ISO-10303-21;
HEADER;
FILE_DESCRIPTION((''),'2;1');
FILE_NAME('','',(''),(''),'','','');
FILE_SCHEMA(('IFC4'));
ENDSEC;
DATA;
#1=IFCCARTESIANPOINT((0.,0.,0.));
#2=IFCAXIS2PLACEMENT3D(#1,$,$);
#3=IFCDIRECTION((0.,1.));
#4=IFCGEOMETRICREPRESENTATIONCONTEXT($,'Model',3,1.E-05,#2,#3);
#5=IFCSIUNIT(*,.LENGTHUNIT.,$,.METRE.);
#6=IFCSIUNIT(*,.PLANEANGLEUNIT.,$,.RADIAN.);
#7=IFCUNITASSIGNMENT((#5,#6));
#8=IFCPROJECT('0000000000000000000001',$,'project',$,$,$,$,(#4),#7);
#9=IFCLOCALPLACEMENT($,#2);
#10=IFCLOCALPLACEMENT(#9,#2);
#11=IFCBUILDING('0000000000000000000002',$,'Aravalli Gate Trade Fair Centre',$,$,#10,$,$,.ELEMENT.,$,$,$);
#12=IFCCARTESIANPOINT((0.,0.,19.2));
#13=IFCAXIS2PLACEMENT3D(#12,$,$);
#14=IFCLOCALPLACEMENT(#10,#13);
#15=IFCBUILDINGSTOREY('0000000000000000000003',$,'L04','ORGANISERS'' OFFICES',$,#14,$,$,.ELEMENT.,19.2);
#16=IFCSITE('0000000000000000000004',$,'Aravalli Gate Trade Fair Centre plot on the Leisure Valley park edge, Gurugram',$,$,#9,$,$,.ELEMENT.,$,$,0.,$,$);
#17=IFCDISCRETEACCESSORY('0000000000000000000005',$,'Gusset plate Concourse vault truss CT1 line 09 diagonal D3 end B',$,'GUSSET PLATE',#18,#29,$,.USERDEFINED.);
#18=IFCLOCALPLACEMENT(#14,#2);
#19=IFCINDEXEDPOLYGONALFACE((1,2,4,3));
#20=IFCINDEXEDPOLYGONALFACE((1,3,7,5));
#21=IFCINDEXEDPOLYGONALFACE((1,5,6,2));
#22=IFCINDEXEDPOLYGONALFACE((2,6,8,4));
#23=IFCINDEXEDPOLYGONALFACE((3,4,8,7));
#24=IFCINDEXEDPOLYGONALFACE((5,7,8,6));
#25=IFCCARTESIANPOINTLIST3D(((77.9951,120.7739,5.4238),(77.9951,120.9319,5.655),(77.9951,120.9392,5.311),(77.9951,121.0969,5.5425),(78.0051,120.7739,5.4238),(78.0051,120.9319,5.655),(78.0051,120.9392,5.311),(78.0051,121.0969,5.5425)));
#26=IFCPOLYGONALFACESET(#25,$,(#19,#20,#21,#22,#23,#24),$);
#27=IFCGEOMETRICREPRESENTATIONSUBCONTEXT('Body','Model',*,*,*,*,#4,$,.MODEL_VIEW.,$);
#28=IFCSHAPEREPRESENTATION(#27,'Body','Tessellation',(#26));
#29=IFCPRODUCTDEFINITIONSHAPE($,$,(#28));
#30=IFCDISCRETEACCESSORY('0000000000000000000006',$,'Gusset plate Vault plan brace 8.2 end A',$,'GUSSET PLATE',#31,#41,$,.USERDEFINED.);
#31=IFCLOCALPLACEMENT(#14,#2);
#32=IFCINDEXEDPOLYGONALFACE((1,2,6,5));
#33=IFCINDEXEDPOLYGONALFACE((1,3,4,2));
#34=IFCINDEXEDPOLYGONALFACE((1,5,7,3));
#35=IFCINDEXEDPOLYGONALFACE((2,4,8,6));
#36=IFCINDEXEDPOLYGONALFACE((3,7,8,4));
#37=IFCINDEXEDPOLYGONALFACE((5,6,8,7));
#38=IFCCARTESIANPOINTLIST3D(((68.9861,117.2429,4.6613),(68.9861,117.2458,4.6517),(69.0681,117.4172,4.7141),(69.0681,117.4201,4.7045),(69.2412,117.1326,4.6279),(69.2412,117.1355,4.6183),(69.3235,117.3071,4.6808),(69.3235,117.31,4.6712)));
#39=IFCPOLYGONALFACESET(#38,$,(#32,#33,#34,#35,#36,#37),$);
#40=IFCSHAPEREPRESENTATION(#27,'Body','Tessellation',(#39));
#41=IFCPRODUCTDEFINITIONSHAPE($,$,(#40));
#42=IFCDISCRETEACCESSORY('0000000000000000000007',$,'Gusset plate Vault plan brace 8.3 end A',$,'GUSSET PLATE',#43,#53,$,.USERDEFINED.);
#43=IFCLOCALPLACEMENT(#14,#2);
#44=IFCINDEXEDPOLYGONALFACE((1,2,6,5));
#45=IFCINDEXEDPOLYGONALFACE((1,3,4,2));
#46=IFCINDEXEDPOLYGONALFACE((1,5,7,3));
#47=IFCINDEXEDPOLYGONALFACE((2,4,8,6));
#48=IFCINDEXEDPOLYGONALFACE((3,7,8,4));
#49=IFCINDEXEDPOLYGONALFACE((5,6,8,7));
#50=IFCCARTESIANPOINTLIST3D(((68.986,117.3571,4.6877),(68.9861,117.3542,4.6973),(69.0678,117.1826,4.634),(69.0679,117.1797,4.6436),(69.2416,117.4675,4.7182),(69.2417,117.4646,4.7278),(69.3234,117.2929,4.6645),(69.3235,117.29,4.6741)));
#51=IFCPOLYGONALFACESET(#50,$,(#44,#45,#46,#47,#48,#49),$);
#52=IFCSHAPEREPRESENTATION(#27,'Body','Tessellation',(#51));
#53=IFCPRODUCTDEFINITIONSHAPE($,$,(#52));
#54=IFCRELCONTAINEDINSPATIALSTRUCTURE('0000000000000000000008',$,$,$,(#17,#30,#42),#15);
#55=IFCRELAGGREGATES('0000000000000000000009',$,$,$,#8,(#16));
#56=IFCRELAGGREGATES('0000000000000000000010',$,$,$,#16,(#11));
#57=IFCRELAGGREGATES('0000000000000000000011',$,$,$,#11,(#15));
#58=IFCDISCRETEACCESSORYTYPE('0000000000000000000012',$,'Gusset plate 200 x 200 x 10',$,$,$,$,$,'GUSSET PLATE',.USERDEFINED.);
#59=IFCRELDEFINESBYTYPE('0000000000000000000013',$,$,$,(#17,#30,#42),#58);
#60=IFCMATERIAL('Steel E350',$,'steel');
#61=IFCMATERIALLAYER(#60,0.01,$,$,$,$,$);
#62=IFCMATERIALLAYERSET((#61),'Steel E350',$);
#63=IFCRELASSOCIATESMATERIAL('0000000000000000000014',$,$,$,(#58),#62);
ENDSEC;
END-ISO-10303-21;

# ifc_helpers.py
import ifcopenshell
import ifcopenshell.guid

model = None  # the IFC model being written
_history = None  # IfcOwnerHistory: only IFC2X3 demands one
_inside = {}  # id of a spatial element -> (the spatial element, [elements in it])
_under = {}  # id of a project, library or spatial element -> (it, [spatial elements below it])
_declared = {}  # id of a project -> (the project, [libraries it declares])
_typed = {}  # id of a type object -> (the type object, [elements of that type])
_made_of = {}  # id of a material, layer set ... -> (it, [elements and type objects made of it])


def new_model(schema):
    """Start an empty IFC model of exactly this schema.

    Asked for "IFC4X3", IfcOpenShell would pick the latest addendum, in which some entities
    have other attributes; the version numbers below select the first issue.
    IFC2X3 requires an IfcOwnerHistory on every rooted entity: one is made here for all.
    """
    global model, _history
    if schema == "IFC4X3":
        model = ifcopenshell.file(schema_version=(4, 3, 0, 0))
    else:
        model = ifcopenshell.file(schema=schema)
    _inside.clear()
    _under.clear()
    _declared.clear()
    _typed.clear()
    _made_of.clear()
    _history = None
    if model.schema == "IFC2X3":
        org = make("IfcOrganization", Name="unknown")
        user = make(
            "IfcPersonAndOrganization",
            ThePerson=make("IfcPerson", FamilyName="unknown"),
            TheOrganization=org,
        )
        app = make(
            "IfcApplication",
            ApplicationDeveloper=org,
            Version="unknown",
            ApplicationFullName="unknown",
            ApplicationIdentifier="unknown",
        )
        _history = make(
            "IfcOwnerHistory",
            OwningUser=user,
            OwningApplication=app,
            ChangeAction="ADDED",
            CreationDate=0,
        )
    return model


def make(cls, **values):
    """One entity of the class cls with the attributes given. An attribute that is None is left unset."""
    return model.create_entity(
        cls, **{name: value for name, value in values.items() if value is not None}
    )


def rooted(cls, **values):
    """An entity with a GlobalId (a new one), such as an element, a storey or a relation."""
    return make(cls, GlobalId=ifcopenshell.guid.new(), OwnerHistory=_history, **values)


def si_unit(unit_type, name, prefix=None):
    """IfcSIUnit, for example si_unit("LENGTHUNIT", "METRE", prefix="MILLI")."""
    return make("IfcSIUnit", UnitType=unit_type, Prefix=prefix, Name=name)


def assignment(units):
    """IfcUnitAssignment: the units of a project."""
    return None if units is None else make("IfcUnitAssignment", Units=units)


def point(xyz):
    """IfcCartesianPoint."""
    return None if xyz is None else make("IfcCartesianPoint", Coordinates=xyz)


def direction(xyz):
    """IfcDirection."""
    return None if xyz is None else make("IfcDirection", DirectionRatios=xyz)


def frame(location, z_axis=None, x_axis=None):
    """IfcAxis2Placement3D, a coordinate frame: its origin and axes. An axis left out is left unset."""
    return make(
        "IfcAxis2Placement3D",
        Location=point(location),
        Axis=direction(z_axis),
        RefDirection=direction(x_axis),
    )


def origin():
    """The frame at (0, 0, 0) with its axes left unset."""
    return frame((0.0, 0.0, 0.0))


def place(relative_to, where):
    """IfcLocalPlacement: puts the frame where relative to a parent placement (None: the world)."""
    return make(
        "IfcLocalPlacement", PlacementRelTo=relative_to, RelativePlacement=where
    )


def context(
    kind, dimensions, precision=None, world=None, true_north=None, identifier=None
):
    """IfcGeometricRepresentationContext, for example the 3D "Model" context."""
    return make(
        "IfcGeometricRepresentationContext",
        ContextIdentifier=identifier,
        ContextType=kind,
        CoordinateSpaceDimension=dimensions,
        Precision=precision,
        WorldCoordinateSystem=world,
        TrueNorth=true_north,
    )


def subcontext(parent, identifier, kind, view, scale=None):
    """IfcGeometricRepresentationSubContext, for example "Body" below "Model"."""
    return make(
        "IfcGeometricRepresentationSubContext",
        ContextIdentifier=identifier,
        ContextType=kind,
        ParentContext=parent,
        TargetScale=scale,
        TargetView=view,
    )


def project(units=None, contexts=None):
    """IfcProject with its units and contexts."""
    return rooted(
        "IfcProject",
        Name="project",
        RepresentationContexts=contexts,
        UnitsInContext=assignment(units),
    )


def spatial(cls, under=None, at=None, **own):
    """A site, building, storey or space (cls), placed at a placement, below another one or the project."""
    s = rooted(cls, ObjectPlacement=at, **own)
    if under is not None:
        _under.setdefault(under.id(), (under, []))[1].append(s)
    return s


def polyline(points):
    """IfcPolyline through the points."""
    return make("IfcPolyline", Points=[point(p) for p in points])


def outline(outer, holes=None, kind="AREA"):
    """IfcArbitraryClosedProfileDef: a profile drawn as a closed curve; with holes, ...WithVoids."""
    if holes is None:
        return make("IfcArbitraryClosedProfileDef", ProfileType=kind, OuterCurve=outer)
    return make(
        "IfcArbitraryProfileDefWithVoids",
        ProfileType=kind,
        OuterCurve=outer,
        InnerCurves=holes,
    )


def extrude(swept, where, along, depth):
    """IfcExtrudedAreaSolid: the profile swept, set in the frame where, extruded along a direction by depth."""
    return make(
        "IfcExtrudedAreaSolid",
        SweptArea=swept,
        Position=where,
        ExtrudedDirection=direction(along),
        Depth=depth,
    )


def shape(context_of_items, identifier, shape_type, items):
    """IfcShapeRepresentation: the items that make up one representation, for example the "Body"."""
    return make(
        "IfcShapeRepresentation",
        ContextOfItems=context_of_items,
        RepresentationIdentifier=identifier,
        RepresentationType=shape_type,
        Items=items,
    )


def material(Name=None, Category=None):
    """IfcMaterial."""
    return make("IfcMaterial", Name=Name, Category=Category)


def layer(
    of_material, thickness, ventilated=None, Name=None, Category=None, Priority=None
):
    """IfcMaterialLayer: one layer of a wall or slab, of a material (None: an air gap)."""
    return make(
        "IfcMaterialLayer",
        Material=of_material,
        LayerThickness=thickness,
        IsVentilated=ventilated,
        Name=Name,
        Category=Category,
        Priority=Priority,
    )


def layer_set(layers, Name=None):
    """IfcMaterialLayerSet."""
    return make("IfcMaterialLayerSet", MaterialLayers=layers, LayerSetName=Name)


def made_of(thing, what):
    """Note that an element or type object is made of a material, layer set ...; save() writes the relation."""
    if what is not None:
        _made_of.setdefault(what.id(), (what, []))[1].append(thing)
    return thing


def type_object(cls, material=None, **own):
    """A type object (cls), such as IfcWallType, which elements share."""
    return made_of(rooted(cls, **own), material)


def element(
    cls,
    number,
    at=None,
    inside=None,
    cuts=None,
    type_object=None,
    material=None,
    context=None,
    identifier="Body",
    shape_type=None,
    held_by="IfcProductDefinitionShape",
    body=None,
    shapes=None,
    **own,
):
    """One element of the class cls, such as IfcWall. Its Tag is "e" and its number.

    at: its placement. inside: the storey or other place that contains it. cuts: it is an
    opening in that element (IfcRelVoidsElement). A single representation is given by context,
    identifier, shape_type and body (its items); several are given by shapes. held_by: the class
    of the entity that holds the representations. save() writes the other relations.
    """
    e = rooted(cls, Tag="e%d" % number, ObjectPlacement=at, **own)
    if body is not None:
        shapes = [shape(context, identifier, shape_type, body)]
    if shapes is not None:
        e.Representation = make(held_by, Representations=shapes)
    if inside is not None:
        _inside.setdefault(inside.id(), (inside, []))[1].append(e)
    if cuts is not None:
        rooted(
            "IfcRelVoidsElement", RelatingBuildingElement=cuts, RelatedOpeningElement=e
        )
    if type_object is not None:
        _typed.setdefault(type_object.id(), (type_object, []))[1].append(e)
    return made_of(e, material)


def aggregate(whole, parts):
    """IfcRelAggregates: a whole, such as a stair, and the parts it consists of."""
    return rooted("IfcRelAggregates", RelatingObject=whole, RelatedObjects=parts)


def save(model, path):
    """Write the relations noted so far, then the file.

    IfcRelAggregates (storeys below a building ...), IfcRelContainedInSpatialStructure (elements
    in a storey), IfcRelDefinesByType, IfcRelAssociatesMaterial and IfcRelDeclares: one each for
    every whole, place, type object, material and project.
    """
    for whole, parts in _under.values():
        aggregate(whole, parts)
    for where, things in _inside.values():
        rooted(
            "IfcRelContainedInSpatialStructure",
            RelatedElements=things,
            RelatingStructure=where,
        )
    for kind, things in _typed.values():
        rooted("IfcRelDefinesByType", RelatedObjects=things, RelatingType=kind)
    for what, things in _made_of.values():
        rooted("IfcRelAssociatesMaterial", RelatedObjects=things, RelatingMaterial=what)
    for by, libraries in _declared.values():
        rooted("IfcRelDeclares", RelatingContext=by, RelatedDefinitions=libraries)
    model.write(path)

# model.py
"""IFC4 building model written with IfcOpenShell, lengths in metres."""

from ifc_helpers import new_model, si_unit, direction, frame, origin, place, context, subcontext, project, spatial, polyline, outline, extrude, material, layer, layer_set, type_object, element, save


model = new_model("IFC4")

# Units and contexts
model_context = context("Model", 3, precision=1e-05, world=origin(), true_north=direction((0.0, 1.0)))
body_context = subcontext(model_context, "Body", "Model", "MODEL_VIEW")
ifc_project = project(units=[si_unit("LENGTHUNIT", "METRE"), si_unit("PLANEANGLEUNIT", "RADIAN")], contexts=[model_context])

# Site, building, storey
site_placement = place(None, origin())
site = spatial("IfcSite", under=ifc_project, at=site_placement, Name="Aravalli Gate Trade Fair Centre plot on the Leisure Valley park edge, Gurugram", CompositionType="ELEMENT", RefElevation=0.0)
building_placement = place(site_placement, origin())
building = spatial("IfcBuilding", under=site, at=building_placement, Name="Aravalli Gate Trade Fair Centre", CompositionType="ELEMENT")
storey_placement = place(building_placement, frame((0.0, 0.0, 19.2)))
storey = spatial("IfcBuildingStorey", under=building, at=storey_placement, Name="L04", Description="ORGANISERS' OFFICES", CompositionType="ELEMENT", Elevation=19.2)

# Shared definitions
ifc_material_1 = material(Name="Steel E350", Category="steel")

# Discrete accessories
ifc_layer_1 = layer(ifc_material_1, 0.01)
ifc_layer_set_1 = layer_set([ifc_layer_1], Name="Steel E350")
discrete_accessory_type = type_object("IfcDiscreteAccessoryType", Name="Gusset plate 200 x 200 x 10", ElementType="GUSSET PLATE", PredefinedType="USERDEFINED", material=ifc_layer_set_1)
discrete_accessory_1_placement = place(storey_placement, frame((77.9951, 120.7739, 5.4238), z_axis=(-1.0, 0.0, 0.0), x_axis=(0.0, 0.564121, 0.825692)))
element("IfcDiscreteAccessory", 1, at=discrete_accessory_1_placement, inside=storey, type_object=discrete_accessory_type, Name="Gusset plate Concourse vault truss CT1 line 09 diagonal D3 end B", ObjectType="GUSSET PLATE", PredefinedType="USERDEFINED", context=body_context, shape_type="SweptSolid", body=[
    extrude(outline(polyline([(0.0, 0.0), (0.28, 0.0), (0.2802, 0.1998), (0.0001, 0.2001), (0.0, 0.0)])), origin(), (0.0, 0.0, -1.0), 0.01),
])
discrete_accessory_2_placement = place(storey_placement, frame((69.2412, 117.1326, 4.6279), z_axis=(-0.000235, -0.289888, 0.957061), x_axis=(-0.911344, 0.394031, 0.119126)))
element("IfcDiscreteAccessory", 2, at=discrete_accessory_2_placement, inside=storey, type_object=discrete_accessory_type, Name="Gusset plate Vault plan brace 8.2 end A", ObjectType="GUSSET PLATE", PredefinedType="USERDEFINED", context=body_context, shape_type="SweptSolid", body=[
    extrude(outline(polyline([(0.0, 0.0), (0.2799, 0.0), (0.2802, -0.1998), (0.0001, -0.2001), (0.0, 0.0)])), origin(), (0.0, 0.0, -1.0), 0.01),
])
discrete_accessory_3_placement = place(storey_placement, frame((69.3235, 117.29, 4.6741), z_axis=(0.010704, -0.289484, 0.957123), x_axis=(-0.912633, -0.393992, -0.108958)))
element("IfcDiscreteAccessory", 3, at=discrete_accessory_3_placement, inside=storey, type_object=discrete_accessory_type, Name="Gusset plate Vault plan brace 8.3 end A", ObjectType="GUSSET PLATE", PredefinedType="USERDEFINED", context=body_context, shape_type="SweptSolid", body=[
    extrude(outline(polyline([(0.0, 0.0), (0.2801, 0.0), (0.2801, -0.2001), (0.0, -0.2001), (0.0, 0.0)])), origin(), (0.0, 0.0, -1.0), 0.01),
])

save(model, "model.ifc")
